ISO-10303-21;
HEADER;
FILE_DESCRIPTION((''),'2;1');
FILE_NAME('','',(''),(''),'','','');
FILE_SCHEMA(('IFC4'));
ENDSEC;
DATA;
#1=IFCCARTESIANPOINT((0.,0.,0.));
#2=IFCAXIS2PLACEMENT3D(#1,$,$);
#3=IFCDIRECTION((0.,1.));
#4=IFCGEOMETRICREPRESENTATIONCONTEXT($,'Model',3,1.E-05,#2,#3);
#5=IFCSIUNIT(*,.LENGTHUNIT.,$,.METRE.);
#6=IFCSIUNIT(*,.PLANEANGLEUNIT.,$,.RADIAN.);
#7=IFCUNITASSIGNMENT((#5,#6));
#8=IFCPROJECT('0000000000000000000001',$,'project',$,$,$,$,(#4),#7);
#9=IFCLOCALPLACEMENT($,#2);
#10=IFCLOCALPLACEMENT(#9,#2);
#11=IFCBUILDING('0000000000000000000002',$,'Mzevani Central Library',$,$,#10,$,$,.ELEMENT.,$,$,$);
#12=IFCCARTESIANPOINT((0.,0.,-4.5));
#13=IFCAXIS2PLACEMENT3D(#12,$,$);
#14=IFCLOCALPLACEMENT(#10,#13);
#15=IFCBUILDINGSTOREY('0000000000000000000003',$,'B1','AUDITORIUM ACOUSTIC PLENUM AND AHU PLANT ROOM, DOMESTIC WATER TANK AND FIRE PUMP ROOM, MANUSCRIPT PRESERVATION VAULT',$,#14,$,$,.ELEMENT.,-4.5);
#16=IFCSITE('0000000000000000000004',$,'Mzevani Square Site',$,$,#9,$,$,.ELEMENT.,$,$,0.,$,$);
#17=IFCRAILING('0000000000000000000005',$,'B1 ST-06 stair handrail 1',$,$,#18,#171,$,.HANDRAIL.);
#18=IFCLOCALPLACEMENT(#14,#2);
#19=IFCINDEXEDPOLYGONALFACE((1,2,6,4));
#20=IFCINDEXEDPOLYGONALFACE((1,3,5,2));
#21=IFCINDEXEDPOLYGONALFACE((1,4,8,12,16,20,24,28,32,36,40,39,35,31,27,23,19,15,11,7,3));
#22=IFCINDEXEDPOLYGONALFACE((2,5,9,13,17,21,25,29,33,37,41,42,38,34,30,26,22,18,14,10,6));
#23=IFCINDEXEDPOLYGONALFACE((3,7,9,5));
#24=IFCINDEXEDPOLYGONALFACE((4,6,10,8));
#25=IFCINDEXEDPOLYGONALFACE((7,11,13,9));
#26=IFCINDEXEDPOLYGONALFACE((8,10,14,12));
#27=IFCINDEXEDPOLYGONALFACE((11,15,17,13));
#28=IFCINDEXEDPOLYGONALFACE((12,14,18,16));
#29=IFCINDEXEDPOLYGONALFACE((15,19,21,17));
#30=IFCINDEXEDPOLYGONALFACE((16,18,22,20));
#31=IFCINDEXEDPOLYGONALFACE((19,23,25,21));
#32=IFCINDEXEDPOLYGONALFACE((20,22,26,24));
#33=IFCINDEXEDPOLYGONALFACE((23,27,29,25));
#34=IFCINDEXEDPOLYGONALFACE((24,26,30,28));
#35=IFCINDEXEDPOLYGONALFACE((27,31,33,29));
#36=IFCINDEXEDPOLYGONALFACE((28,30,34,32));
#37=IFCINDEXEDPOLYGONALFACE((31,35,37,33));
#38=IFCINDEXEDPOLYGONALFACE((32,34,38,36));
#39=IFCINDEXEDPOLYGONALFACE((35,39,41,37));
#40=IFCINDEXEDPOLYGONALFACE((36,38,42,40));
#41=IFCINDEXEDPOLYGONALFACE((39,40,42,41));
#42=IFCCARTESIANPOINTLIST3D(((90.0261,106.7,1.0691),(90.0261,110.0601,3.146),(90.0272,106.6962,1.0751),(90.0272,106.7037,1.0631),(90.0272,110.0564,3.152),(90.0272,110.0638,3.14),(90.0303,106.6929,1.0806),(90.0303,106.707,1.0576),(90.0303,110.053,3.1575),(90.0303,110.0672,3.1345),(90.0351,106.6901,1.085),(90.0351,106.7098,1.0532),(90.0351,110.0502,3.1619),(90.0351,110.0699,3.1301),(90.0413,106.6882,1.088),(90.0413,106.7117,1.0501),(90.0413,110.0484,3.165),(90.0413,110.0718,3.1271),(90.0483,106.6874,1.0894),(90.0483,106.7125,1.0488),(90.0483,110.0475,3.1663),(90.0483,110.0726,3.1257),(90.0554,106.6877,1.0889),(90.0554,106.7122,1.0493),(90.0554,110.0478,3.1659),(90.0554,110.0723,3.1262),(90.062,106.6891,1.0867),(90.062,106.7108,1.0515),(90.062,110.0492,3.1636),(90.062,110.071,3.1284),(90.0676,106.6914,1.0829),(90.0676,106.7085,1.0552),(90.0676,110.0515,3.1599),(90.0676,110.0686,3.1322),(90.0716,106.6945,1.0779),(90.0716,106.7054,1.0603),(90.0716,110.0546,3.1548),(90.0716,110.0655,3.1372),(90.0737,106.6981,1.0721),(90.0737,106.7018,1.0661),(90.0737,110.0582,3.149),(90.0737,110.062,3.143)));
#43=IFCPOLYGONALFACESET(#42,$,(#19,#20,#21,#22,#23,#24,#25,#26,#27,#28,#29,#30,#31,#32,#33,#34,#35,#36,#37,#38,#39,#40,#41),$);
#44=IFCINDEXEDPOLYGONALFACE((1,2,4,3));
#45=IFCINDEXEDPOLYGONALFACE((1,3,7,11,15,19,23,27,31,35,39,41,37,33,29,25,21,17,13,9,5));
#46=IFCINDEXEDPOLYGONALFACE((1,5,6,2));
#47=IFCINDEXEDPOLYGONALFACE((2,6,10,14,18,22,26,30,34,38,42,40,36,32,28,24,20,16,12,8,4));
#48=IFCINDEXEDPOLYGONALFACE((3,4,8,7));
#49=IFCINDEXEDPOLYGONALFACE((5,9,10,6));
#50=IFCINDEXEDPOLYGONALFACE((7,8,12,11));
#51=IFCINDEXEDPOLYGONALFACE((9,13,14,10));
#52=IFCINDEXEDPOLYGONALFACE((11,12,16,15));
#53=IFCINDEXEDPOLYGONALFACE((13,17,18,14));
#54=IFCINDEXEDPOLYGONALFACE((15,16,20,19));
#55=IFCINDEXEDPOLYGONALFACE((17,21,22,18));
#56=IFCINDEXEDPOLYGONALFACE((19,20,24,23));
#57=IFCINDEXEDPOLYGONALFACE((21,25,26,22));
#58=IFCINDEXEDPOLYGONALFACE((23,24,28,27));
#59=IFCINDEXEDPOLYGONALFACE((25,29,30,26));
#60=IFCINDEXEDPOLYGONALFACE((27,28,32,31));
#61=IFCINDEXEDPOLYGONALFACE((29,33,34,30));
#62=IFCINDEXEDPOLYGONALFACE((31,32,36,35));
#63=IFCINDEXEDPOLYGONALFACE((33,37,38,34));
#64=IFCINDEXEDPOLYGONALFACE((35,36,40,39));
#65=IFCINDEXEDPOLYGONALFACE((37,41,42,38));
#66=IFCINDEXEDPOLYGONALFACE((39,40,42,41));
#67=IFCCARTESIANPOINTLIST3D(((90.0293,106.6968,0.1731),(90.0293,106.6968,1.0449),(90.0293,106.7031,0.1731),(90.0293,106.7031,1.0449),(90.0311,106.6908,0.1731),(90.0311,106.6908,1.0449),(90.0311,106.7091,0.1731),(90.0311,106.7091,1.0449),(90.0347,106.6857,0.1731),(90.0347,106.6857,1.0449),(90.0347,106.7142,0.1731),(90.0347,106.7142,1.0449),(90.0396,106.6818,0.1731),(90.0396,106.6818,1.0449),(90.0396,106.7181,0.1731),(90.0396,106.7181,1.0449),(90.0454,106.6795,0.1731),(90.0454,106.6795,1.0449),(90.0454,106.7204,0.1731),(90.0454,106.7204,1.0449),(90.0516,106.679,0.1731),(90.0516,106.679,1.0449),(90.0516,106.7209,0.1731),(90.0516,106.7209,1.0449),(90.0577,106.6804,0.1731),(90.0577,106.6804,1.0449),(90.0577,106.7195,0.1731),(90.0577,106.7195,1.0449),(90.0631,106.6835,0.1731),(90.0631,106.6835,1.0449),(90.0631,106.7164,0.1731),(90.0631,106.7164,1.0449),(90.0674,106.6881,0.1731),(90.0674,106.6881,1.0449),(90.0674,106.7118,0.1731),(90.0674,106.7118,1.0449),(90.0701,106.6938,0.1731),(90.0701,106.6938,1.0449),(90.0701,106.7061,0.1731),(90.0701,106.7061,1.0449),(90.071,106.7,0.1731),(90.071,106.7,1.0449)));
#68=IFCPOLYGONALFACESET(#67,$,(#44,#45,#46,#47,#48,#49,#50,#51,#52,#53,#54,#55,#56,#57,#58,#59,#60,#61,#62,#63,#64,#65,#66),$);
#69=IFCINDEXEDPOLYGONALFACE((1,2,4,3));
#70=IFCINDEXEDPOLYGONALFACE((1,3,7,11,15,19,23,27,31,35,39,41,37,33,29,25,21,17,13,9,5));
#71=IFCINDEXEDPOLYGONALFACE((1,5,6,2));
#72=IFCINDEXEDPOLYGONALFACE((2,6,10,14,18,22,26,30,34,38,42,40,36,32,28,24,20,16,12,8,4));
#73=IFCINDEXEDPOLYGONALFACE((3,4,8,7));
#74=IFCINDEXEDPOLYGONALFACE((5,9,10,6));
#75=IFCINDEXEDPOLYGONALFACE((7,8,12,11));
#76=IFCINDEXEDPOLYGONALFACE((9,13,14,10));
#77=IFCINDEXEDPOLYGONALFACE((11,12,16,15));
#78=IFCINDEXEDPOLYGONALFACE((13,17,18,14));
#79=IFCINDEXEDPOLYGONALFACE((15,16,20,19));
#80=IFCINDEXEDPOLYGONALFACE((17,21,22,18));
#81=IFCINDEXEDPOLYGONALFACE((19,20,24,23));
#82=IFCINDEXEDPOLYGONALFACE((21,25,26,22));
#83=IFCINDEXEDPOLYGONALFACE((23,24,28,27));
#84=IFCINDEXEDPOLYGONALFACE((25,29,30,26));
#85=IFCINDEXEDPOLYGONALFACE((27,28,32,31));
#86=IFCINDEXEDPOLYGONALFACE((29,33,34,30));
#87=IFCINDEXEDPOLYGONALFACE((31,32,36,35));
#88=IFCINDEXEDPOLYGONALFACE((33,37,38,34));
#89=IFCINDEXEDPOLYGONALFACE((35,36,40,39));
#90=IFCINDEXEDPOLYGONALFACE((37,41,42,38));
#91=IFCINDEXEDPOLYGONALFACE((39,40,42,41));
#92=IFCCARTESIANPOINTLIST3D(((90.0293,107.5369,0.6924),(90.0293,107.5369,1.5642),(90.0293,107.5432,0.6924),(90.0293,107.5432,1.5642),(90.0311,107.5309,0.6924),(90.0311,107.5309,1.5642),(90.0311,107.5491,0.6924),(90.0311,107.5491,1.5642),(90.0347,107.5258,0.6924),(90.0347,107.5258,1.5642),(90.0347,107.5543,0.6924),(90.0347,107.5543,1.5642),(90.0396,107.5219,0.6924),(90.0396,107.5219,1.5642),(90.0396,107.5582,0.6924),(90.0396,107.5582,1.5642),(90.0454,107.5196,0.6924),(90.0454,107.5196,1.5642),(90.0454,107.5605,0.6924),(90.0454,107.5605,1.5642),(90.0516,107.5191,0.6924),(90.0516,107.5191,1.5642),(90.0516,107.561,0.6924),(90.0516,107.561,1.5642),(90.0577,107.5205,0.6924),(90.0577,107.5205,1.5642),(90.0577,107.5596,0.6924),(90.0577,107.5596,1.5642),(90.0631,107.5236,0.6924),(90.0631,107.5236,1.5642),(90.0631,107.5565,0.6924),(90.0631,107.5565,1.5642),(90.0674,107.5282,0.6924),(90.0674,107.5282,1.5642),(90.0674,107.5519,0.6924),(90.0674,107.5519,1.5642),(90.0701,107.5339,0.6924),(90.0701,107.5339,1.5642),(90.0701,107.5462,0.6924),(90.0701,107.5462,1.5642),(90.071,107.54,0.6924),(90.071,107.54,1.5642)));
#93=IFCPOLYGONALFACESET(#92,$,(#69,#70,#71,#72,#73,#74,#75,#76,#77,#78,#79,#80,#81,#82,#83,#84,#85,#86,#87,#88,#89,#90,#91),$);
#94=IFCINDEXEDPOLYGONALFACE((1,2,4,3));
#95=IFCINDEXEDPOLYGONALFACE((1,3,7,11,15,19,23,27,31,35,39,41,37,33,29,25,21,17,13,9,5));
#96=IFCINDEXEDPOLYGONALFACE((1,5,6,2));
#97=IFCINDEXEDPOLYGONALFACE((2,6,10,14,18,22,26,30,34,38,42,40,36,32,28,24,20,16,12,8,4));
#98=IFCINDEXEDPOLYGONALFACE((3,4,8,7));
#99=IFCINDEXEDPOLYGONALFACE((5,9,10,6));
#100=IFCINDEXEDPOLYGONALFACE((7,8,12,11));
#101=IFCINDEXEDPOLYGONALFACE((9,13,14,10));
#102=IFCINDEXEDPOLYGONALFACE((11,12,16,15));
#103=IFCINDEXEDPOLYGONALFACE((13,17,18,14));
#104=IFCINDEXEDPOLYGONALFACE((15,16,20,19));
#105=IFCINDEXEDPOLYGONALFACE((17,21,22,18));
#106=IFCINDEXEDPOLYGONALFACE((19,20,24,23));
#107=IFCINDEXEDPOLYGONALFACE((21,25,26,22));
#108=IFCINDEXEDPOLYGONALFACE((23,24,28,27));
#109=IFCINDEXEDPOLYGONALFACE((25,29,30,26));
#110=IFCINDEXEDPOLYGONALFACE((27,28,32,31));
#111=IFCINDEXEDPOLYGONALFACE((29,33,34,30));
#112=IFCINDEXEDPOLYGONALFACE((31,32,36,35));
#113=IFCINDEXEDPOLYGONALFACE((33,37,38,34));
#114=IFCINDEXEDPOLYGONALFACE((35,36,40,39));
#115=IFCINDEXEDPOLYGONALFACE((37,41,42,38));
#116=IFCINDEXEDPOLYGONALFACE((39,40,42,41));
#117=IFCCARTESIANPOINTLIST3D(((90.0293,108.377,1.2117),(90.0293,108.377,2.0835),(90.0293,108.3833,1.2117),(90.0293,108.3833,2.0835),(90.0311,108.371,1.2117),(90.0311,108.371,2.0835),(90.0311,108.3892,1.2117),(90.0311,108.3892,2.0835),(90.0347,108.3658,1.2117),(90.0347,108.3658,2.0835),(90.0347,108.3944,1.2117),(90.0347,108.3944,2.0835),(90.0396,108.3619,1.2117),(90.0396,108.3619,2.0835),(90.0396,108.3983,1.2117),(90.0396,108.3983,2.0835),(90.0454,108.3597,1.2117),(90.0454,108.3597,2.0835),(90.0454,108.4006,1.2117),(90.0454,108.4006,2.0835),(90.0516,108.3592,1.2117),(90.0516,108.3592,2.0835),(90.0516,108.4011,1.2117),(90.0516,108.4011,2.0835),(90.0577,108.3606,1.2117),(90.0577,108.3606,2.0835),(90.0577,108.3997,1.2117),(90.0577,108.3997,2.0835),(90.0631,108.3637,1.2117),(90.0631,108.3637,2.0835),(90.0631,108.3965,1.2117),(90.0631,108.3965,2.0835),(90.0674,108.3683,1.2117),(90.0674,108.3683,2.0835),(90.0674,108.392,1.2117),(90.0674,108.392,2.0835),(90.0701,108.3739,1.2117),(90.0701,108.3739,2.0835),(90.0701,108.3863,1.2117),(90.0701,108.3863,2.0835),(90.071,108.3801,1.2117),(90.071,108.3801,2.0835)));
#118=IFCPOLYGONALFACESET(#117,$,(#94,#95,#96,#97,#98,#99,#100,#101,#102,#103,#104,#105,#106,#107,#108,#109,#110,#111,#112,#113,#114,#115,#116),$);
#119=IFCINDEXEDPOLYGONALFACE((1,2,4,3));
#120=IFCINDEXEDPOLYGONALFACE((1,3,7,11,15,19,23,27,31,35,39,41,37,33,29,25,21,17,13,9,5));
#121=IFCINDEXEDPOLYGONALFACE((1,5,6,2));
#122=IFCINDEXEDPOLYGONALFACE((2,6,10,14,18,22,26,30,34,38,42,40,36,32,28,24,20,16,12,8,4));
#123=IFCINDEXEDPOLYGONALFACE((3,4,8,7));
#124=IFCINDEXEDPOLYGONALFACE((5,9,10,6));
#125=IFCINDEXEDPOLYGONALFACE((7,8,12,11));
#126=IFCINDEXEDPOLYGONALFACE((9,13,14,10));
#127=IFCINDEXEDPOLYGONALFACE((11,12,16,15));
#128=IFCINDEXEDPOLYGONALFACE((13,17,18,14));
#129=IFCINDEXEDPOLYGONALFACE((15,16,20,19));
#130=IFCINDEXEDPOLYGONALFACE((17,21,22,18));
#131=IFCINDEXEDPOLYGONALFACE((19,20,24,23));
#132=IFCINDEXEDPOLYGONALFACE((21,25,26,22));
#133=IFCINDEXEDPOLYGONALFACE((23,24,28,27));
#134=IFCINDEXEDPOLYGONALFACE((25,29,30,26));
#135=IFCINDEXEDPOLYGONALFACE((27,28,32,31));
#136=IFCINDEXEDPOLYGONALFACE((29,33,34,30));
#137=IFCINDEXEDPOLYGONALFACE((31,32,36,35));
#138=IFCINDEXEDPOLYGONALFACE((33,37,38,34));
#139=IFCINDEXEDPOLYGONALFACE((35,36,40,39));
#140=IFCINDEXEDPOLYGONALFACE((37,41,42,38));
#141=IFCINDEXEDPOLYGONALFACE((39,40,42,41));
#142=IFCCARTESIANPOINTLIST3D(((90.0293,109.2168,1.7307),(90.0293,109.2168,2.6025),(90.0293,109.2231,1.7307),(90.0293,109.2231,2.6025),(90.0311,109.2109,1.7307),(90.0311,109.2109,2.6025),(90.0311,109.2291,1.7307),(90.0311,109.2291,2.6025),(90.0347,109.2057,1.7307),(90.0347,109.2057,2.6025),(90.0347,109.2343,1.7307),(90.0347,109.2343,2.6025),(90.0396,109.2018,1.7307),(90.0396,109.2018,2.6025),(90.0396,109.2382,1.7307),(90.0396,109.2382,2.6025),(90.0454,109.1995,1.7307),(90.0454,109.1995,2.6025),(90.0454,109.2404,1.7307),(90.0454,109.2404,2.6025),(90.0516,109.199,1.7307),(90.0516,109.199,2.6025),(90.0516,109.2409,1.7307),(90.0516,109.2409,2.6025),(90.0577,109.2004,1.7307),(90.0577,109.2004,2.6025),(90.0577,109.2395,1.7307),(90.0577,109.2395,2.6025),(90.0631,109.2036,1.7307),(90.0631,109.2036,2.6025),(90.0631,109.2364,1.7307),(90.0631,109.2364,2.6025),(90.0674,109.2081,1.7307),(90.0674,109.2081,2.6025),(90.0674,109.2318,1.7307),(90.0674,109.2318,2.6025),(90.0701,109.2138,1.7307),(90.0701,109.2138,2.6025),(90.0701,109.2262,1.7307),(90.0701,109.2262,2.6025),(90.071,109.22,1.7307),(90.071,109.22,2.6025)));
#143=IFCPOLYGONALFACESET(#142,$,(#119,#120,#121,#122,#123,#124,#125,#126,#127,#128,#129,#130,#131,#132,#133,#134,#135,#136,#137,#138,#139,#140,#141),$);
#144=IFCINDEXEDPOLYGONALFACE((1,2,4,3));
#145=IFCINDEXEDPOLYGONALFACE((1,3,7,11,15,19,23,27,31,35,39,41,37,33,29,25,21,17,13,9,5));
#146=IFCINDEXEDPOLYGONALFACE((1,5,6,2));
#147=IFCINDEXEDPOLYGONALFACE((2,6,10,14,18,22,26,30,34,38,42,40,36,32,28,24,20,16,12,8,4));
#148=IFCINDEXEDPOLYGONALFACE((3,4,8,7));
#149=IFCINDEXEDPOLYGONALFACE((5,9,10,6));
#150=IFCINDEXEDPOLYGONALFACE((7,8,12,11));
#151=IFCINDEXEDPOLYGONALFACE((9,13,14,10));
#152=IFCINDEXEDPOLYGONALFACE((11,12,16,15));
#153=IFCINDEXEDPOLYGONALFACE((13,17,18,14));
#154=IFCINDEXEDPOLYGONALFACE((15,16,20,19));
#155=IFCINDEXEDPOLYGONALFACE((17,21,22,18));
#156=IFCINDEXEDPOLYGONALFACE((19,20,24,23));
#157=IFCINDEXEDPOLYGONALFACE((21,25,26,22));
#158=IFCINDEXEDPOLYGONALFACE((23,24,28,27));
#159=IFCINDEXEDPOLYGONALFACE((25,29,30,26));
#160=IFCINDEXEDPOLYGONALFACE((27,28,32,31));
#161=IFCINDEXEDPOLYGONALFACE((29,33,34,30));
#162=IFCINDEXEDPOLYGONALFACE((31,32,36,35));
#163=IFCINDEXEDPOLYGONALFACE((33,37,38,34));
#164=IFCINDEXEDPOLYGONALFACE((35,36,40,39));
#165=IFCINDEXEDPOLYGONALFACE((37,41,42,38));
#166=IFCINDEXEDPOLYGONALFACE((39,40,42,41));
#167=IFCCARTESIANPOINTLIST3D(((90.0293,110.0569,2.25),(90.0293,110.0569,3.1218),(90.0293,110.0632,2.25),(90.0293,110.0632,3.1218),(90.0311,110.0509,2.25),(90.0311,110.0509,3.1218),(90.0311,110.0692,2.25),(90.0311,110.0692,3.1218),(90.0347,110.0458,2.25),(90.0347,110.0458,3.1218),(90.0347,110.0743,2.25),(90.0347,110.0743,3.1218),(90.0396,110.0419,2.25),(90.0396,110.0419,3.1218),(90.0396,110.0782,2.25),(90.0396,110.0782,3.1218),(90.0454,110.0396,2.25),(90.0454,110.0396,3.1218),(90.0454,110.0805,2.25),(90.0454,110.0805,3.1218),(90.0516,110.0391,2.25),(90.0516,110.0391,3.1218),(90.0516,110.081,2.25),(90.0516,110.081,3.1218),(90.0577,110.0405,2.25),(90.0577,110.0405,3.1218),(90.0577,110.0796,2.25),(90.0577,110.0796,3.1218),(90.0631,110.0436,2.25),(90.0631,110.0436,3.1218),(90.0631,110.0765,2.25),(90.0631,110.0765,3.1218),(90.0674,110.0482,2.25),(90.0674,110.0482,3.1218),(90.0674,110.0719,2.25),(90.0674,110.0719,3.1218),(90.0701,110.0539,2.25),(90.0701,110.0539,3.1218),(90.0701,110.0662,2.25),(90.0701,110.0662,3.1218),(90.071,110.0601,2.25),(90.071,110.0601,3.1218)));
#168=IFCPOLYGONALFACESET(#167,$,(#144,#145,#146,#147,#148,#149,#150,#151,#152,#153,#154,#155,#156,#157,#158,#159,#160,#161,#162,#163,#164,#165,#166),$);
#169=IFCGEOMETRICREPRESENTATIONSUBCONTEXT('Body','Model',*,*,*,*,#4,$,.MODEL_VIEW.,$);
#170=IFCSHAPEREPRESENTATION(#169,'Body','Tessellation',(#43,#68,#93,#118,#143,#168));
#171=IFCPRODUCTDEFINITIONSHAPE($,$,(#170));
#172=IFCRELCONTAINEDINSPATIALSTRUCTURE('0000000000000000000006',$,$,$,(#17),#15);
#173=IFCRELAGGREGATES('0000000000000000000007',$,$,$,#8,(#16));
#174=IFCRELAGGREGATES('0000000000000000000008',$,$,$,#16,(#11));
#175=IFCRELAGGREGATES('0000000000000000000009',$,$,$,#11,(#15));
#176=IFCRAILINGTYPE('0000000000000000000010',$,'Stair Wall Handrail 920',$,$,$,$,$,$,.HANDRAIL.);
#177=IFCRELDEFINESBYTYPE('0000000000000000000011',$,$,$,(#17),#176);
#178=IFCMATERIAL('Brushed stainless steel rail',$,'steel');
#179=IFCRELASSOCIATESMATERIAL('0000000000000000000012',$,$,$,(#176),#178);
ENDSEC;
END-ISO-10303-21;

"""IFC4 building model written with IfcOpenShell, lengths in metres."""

from ifc_helpers import new_model, si_unit, direction, frame, origin, origin_2d, place, context, subcontext, project, spatial, circle, extrude, material, type_object, element, save


model = new_model("IFC4")

# Units and contexts
model_context = context("Model", 3, precision=1e-05, world=origin(), true_north=direction((0.0, 1.0)))
body_context = subcontext(model_context, "Body", "Model", "MODEL_VIEW")
ifc_project = project(units=[si_unit("LENGTHUNIT", "METRE"), si_unit("PLANEANGLEUNIT", "RADIAN")], contexts=[model_context])

# Site, building, storey
site_placement = place(None, origin())
site = spatial("IfcSite", under=ifc_project, at=site_placement, Name="Mzevani Square Site", CompositionType="ELEMENT", RefElevation=0.0)
building_placement = place(site_placement, origin())
building = spatial("IfcBuilding", under=site, at=building_placement, Name="Mzevani Central Library", CompositionType="ELEMENT")
storey_placement = place(building_placement, frame((0.0, 0.0, -4.5)))
storey = spatial("IfcBuildingStorey", under=building, at=storey_placement, Name="B1", Description="AUDITORIUM ACOUSTIC PLENUM AND AHU PLANT ROOM, DOMESTIC WATER TANK AND FIRE PUMP ROOM, MANUSCRIPT PRESERVATION VAULT", CompositionType="ELEMENT", Elevation=-4.5)

# Shared definitions
ifc_material_1 = material(Name="Brushed stainless steel rail", Category="steel")

# Railing
railing_type_1 = type_object("IfcRailingType", Name="Stair Wall Handrail 920", PredefinedType="HANDRAIL", material=ifc_material_1)
railing_1_placement = place(storey_placement, frame((90.05, 106.7, 0.1731)))
element("IfcRailing", 1, at=railing_1_placement, inside=storey, type_object=railing_type_1, Name="B1 ST-06 stair handrail 1", PredefinedType="HANDRAIL", context=body_context, shape_type="SweptSolid", body=[
    extrude(circle(Radius=0.0239, at=origin_2d()), frame((0.0, 0.0, 0.896), z_axis=(0.0, 0.850623, 0.525776), x_axis=(-1.0, 0.0, 0.0)), (0.0, 0.0, 1.0), 3.9502),
    extrude(circle(Radius=0.021, at=origin_2d()), origin(), (0.0, 0.0, 1.0), 0.8718),
    extrude(circle(Radius=0.021, at=origin_2d()), frame((0.0, 0.8401, 0.5193)), (0.0, 0.0, 1.0), 0.8718),
    extrude(circle(Radius=0.021, at=origin_2d()), frame((0.0, 1.6802, 1.0386)), (0.0, 0.0, 1.0), 0.8718),
    extrude(circle(Radius=0.021, at=origin_2d()), frame((0.0, 2.52, 1.5576)), (0.0, 0.0, 1.0), 0.8718),
    extrude(circle(Radius=0.021, at=origin_2d()), frame((0.0, 3.3601, 2.0769)), (0.0, 0.0, 1.0), 0.8718),
])

save(model, "model.ifc")
